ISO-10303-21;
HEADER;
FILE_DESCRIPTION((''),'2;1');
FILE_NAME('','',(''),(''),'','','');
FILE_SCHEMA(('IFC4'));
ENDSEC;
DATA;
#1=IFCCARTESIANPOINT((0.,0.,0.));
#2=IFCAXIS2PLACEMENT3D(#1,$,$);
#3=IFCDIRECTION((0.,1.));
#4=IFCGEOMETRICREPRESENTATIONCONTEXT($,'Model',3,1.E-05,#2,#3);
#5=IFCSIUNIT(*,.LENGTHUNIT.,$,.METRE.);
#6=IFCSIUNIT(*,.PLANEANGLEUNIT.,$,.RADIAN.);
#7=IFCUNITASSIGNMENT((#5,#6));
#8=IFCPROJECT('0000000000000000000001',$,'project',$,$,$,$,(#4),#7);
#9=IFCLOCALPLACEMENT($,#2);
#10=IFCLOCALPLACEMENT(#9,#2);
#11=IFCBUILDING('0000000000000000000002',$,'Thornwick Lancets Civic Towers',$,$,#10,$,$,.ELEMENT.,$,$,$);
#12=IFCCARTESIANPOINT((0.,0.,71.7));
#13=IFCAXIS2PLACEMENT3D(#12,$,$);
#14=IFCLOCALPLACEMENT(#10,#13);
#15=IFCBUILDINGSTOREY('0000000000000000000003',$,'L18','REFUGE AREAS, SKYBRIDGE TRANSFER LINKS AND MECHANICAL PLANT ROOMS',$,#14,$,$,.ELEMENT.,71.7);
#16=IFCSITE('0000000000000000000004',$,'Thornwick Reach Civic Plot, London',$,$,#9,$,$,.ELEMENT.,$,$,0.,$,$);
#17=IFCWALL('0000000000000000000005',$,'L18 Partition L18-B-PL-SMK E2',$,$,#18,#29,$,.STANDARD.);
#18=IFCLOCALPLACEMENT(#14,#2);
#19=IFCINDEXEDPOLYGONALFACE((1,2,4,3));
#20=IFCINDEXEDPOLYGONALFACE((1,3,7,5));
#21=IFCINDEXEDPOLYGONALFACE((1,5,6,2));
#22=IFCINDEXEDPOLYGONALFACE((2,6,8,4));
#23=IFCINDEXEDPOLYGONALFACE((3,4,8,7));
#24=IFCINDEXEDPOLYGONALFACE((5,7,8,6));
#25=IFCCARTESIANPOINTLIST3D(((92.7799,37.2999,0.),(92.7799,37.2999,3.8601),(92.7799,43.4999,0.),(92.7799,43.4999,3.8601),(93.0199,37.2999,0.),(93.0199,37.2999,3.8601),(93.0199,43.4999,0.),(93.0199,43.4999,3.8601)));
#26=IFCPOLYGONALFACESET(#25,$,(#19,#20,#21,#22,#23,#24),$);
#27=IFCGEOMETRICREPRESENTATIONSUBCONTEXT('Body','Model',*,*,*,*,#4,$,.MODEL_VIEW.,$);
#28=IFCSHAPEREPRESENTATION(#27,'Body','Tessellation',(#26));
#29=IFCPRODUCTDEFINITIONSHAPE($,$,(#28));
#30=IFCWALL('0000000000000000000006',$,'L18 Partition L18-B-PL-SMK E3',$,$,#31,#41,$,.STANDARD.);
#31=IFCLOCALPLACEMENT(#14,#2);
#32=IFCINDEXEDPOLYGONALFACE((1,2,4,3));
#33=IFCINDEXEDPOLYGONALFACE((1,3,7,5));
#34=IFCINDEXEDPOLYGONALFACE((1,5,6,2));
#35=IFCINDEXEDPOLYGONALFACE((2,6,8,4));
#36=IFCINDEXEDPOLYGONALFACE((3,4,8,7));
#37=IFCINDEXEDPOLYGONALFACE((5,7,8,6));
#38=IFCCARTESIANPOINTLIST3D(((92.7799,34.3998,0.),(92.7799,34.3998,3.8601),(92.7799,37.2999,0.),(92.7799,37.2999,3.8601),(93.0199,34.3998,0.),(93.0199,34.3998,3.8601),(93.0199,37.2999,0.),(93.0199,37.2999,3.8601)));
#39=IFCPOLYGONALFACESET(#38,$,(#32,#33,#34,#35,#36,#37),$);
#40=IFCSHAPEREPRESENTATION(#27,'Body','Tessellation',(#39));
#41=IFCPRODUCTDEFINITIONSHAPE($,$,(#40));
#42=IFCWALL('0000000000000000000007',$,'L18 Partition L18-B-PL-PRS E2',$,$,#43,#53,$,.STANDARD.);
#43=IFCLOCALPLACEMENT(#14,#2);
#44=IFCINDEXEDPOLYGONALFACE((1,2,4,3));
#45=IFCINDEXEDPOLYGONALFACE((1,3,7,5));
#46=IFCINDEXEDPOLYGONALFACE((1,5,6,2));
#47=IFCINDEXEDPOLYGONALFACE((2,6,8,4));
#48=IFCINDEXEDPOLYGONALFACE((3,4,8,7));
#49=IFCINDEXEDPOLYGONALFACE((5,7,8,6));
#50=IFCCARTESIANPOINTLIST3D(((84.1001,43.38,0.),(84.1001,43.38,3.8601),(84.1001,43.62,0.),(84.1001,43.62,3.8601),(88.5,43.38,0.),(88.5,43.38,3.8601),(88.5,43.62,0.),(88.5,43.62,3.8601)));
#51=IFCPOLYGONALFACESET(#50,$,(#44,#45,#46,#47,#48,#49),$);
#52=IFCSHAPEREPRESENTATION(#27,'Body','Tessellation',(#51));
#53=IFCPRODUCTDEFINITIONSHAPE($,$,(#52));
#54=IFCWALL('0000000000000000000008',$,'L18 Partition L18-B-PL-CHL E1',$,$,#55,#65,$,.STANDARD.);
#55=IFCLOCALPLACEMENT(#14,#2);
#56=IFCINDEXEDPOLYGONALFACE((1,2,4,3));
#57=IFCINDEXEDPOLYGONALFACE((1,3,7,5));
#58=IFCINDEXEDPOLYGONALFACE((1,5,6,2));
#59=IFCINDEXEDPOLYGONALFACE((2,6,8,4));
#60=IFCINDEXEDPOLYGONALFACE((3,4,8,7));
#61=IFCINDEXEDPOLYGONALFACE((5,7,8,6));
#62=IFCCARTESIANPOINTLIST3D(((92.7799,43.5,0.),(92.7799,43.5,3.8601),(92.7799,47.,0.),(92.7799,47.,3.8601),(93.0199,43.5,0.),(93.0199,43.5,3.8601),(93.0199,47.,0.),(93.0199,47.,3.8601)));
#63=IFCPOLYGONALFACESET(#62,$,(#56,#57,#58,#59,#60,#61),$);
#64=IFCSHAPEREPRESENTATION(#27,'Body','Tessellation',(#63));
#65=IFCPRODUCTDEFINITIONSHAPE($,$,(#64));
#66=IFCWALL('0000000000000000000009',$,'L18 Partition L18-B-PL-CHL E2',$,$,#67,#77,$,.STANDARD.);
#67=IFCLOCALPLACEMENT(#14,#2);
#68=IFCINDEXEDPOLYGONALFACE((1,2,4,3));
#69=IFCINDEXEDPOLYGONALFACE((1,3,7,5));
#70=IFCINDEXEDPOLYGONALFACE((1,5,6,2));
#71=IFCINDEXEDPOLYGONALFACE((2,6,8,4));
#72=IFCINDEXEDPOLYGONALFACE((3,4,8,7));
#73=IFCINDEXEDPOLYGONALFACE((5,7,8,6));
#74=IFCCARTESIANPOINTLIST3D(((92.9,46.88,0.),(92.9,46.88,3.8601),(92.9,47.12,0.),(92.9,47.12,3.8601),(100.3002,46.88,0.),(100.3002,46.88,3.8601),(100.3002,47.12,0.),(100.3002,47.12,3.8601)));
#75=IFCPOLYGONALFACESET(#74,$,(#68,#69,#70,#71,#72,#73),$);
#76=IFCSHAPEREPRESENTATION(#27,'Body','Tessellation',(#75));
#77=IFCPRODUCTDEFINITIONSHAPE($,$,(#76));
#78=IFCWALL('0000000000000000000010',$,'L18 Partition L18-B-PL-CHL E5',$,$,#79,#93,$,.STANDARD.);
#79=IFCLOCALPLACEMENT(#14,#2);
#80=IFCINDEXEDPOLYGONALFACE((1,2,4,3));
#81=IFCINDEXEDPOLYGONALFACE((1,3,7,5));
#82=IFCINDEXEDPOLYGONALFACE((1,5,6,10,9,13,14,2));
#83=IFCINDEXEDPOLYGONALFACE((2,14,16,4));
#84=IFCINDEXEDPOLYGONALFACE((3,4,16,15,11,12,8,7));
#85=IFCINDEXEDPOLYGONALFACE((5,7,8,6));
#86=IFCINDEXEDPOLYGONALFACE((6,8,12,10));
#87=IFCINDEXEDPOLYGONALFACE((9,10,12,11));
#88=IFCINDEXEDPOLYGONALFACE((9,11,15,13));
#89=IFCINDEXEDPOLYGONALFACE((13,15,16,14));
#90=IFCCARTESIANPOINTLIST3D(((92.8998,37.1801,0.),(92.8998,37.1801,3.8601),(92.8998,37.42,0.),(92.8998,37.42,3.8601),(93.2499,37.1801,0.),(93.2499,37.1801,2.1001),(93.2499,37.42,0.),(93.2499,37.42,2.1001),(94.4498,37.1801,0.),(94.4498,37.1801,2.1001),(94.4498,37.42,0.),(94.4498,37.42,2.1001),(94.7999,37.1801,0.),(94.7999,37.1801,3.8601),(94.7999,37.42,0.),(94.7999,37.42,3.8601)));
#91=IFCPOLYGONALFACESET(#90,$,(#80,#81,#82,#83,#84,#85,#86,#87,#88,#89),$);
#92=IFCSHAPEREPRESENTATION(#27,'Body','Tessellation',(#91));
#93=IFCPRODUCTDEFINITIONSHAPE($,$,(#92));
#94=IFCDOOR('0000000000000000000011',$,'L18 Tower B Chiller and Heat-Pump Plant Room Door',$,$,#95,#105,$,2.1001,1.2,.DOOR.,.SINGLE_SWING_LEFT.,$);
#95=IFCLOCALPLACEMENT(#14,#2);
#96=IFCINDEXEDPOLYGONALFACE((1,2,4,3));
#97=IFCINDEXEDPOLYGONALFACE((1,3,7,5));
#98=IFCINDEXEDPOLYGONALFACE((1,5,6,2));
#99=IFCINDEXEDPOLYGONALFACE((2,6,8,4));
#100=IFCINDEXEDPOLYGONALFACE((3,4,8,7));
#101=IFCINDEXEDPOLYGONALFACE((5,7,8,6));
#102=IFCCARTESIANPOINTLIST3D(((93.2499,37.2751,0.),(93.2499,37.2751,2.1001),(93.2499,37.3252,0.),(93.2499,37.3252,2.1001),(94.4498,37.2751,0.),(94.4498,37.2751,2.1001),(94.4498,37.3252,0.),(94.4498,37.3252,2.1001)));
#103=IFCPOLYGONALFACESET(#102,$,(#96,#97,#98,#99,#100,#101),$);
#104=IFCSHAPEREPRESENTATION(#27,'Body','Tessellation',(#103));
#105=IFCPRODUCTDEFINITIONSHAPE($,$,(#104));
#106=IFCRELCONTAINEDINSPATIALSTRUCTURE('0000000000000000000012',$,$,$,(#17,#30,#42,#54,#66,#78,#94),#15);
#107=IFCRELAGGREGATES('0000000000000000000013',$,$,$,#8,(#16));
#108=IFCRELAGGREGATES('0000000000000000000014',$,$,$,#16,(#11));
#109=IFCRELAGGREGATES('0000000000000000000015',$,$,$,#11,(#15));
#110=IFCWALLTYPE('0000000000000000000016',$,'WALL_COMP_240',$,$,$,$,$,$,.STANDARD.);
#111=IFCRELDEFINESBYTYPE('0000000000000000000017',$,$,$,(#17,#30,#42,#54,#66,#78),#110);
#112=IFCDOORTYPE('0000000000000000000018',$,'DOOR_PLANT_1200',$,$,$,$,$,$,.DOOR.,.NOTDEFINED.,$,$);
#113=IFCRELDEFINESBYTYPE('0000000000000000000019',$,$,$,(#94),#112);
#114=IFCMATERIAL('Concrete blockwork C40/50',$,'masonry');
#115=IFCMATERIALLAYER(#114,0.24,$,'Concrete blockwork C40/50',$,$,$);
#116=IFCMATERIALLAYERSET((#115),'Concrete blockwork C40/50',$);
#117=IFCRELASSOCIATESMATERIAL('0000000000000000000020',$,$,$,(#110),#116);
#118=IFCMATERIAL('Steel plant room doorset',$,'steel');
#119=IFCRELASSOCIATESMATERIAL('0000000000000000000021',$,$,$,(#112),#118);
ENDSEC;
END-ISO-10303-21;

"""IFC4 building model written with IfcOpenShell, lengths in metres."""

from ifc_helpers import new_model, si_unit, direction, frame, frame_2d, origin, place, context, subcontext, project, spatial, rectangle, extrude, material, layer, layer_set, type_object, element, fill, save


model = new_model("IFC4")

# Units and contexts
model_context = context("Model", 3, precision=1e-05, world=origin(), true_north=direction((0.0, 1.0)))
body_context = subcontext(model_context, "Body", "Model", "MODEL_VIEW")
ifc_project = project(units=[si_unit("LENGTHUNIT", "METRE"), si_unit("PLANEANGLEUNIT", "RADIAN")], contexts=[model_context])

# Site, building, storey
site_placement = place(None, origin())
site = spatial("IfcSite", under=ifc_project, at=site_placement, Name="Thornwick Reach Civic Plot, London", CompositionType="ELEMENT", RefElevation=0.0)
building_placement = place(site_placement, origin())
building = spatial("IfcBuilding", under=site, at=building_placement, Name="Thornwick Lancets Civic Towers", CompositionType="ELEMENT")
storey_placement = place(building_placement, frame((0.0, 0.0, 71.7)))
storey = spatial("IfcBuildingStorey", under=building, at=storey_placement, Name="L18", Description="REFUGE AREAS, SKYBRIDGE TRANSFER LINKS AND MECHANICAL PLANT ROOMS", CompositionType="ELEMENT", Elevation=71.7)

# Walls
ifc_material_1 = material(Name="Concrete blockwork C40/50", Category="masonry")
ifc_layer_1 = layer(ifc_material_1, 0.24, Name="Concrete blockwork C40/50")
ifc_layer_set_1 = layer_set([ifc_layer_1], Name="Concrete blockwork C40/50")
wall_type = type_object("IfcWallType", Name="WALL_COMP_240", PredefinedType="STANDARD", material=ifc_layer_set_1)
wall_1_placement = place(storey_placement, frame((92.8999, 43.5, 0.0), z_axis=(0.0, 0.0, 1.0), x_axis=(0.0, -1.0, 0.0)))
element("IfcWall", 1, at=wall_1_placement, inside=storey, type_object=wall_type, Name="L18 Partition L18-B-PL-SMK E2", PredefinedType="STANDARD", context=body_context, shape_type="SweptSolid", body=[
    extrude(rectangle(XDim=6.2, YDim=0.24, at=frame_2d((3.1001, 0.0))), origin(), (0.0, 0.0, 1.0), 3.8601),
])
wall_2_placement = place(storey_placement, frame((92.8999, 37.3, 0.0), z_axis=(0.0, 0.0, 1.0), x_axis=(0.0, -1.0, 0.0)))
element("IfcWall", 2, at=wall_2_placement, inside=storey, type_object=wall_type, Name="L18 Partition L18-B-PL-SMK E3", PredefinedType="STANDARD", context=body_context, shape_type="SweptSolid", body=[
    extrude(rectangle(XDim=2.9001, YDim=0.24, at=frame_2d((1.4502, 0.0))), origin(), (0.0, 0.0, 1.0), 3.8601),
])
wall_3_placement = place(storey_placement, frame((84.1001, 43.5, 0.0), z_axis=(0.0, 0.0, 1.0), x_axis=(1.0, 0.0, 0.0)))
element("IfcWall", 3, at=wall_3_placement, inside=storey, type_object=wall_type, Name="L18 Partition L18-B-PL-PRS E2", PredefinedType="STANDARD", context=body_context, shape_type="SweptSolid", body=[
    extrude(rectangle(XDim=4.3999, YDim=0.24, at=frame_2d((2.2, 0.0))), origin(), (0.0, 0.0, 1.0), 3.8601),
])
wall_4_placement = place(storey_placement, frame((92.8999, 43.5, 0.0), z_axis=(0.0, 0.0, 1.0), x_axis=(0.0, 1.0, 0.0)))
element("IfcWall", 4, at=wall_4_placement, inside=storey, type_object=wall_type, Name="L18 Partition L18-B-PL-CHL E1", PredefinedType="STANDARD", context=body_context, shape_type="SweptSolid", body=[
    extrude(rectangle(XDim=3.5, YDim=0.24, at=frame_2d((1.75, 0.0))), origin(), (0.0, 0.0, 1.0), 3.8601),
])
wall_5_placement = place(storey_placement, frame((92.8999, 47.0, 0.0), z_axis=(0.0, 0.0, 1.0), x_axis=(1.0, 0.0, 0.0)))
element("IfcWall", 5, at=wall_5_placement, inside=storey, type_object=wall_type, Name="L18 Partition L18-B-PL-CHL E2", PredefinedType="STANDARD", context=body_context, shape_type="SweptSolid", body=[
    extrude(rectangle(XDim=7.4001, YDim=0.24, at=frame_2d((3.7002, 0.0))), origin(), (0.0, 0.0, 1.0), 3.8601),
])

# Wall, opening, door
wall_6_placement = place(storey_placement, frame((94.8, 37.3, 0.0), z_axis=(0.0, 0.0, 1.0), x_axis=(-1.0, 0.0, 0.0)))
wall_6 = element("IfcWall", 6, at=wall_6_placement, inside=storey, type_object=wall_type, Name="L18 Partition L18-B-PL-CHL E5", PredefinedType="STANDARD", context=body_context, shape_type="SweptSolid", body=[
    extrude(rectangle(XDim=1.9001, YDim=0.24, at=frame_2d((0.9502, 0.0))), origin(), (0.0, 0.0, 1.0), 3.8601),
])
opening_placement = place(wall_6_placement, frame((0.3501, 0.0, 0.0)))
opening = element("IfcOpeningElement", 7, at=opening_placement, cuts=wall_6, PredefinedType="OPENING", context=body_context, shape_type="SweptSolid", body=[
    extrude(rectangle(XDim=1.2, YDim=2.1001, at=frame_2d((0.6001, 1.05))), frame((0.0, 0.1299, 0.0), z_axis=(0.0, -1.0, 0.0), x_axis=(1.0, 0.0, 0.0)), (0.0, 0.0, 1.0), 0.26),
])
ifc_material_2 = material(Name="Steel plant room doorset", Category="steel")
door_type = type_object("IfcDoorType", Name="DOOR_PLANT_1200", OperationType="NOTDEFINED", PredefinedType="DOOR", material=ifc_material_2)
door_placement = place(opening_placement, origin())
door = element("IfcDoor", 8, at=door_placement, inside=storey, type_object=door_type, Name="L18 Tower B Chiller and Heat-Pump Plant Room Door", OperationType="SINGLE_SWING_LEFT", OverallHeight=2.1001, OverallWidth=1.2, PredefinedType="DOOR", context=body_context, shape_type="SweptSolid", body=[
    extrude(rectangle(XDim=1.2, YDim=2.1001, at=frame_2d((0.6001, 1.05))), frame((0.0, 0.0249, 0.0), z_axis=(0.0, -1.0, 0.0), x_axis=(1.0, 0.0, 0.0)), (0.0, 0.0, 1.0), 0.05),
])
fill(opening, door)

save(model, "model.ifc")
